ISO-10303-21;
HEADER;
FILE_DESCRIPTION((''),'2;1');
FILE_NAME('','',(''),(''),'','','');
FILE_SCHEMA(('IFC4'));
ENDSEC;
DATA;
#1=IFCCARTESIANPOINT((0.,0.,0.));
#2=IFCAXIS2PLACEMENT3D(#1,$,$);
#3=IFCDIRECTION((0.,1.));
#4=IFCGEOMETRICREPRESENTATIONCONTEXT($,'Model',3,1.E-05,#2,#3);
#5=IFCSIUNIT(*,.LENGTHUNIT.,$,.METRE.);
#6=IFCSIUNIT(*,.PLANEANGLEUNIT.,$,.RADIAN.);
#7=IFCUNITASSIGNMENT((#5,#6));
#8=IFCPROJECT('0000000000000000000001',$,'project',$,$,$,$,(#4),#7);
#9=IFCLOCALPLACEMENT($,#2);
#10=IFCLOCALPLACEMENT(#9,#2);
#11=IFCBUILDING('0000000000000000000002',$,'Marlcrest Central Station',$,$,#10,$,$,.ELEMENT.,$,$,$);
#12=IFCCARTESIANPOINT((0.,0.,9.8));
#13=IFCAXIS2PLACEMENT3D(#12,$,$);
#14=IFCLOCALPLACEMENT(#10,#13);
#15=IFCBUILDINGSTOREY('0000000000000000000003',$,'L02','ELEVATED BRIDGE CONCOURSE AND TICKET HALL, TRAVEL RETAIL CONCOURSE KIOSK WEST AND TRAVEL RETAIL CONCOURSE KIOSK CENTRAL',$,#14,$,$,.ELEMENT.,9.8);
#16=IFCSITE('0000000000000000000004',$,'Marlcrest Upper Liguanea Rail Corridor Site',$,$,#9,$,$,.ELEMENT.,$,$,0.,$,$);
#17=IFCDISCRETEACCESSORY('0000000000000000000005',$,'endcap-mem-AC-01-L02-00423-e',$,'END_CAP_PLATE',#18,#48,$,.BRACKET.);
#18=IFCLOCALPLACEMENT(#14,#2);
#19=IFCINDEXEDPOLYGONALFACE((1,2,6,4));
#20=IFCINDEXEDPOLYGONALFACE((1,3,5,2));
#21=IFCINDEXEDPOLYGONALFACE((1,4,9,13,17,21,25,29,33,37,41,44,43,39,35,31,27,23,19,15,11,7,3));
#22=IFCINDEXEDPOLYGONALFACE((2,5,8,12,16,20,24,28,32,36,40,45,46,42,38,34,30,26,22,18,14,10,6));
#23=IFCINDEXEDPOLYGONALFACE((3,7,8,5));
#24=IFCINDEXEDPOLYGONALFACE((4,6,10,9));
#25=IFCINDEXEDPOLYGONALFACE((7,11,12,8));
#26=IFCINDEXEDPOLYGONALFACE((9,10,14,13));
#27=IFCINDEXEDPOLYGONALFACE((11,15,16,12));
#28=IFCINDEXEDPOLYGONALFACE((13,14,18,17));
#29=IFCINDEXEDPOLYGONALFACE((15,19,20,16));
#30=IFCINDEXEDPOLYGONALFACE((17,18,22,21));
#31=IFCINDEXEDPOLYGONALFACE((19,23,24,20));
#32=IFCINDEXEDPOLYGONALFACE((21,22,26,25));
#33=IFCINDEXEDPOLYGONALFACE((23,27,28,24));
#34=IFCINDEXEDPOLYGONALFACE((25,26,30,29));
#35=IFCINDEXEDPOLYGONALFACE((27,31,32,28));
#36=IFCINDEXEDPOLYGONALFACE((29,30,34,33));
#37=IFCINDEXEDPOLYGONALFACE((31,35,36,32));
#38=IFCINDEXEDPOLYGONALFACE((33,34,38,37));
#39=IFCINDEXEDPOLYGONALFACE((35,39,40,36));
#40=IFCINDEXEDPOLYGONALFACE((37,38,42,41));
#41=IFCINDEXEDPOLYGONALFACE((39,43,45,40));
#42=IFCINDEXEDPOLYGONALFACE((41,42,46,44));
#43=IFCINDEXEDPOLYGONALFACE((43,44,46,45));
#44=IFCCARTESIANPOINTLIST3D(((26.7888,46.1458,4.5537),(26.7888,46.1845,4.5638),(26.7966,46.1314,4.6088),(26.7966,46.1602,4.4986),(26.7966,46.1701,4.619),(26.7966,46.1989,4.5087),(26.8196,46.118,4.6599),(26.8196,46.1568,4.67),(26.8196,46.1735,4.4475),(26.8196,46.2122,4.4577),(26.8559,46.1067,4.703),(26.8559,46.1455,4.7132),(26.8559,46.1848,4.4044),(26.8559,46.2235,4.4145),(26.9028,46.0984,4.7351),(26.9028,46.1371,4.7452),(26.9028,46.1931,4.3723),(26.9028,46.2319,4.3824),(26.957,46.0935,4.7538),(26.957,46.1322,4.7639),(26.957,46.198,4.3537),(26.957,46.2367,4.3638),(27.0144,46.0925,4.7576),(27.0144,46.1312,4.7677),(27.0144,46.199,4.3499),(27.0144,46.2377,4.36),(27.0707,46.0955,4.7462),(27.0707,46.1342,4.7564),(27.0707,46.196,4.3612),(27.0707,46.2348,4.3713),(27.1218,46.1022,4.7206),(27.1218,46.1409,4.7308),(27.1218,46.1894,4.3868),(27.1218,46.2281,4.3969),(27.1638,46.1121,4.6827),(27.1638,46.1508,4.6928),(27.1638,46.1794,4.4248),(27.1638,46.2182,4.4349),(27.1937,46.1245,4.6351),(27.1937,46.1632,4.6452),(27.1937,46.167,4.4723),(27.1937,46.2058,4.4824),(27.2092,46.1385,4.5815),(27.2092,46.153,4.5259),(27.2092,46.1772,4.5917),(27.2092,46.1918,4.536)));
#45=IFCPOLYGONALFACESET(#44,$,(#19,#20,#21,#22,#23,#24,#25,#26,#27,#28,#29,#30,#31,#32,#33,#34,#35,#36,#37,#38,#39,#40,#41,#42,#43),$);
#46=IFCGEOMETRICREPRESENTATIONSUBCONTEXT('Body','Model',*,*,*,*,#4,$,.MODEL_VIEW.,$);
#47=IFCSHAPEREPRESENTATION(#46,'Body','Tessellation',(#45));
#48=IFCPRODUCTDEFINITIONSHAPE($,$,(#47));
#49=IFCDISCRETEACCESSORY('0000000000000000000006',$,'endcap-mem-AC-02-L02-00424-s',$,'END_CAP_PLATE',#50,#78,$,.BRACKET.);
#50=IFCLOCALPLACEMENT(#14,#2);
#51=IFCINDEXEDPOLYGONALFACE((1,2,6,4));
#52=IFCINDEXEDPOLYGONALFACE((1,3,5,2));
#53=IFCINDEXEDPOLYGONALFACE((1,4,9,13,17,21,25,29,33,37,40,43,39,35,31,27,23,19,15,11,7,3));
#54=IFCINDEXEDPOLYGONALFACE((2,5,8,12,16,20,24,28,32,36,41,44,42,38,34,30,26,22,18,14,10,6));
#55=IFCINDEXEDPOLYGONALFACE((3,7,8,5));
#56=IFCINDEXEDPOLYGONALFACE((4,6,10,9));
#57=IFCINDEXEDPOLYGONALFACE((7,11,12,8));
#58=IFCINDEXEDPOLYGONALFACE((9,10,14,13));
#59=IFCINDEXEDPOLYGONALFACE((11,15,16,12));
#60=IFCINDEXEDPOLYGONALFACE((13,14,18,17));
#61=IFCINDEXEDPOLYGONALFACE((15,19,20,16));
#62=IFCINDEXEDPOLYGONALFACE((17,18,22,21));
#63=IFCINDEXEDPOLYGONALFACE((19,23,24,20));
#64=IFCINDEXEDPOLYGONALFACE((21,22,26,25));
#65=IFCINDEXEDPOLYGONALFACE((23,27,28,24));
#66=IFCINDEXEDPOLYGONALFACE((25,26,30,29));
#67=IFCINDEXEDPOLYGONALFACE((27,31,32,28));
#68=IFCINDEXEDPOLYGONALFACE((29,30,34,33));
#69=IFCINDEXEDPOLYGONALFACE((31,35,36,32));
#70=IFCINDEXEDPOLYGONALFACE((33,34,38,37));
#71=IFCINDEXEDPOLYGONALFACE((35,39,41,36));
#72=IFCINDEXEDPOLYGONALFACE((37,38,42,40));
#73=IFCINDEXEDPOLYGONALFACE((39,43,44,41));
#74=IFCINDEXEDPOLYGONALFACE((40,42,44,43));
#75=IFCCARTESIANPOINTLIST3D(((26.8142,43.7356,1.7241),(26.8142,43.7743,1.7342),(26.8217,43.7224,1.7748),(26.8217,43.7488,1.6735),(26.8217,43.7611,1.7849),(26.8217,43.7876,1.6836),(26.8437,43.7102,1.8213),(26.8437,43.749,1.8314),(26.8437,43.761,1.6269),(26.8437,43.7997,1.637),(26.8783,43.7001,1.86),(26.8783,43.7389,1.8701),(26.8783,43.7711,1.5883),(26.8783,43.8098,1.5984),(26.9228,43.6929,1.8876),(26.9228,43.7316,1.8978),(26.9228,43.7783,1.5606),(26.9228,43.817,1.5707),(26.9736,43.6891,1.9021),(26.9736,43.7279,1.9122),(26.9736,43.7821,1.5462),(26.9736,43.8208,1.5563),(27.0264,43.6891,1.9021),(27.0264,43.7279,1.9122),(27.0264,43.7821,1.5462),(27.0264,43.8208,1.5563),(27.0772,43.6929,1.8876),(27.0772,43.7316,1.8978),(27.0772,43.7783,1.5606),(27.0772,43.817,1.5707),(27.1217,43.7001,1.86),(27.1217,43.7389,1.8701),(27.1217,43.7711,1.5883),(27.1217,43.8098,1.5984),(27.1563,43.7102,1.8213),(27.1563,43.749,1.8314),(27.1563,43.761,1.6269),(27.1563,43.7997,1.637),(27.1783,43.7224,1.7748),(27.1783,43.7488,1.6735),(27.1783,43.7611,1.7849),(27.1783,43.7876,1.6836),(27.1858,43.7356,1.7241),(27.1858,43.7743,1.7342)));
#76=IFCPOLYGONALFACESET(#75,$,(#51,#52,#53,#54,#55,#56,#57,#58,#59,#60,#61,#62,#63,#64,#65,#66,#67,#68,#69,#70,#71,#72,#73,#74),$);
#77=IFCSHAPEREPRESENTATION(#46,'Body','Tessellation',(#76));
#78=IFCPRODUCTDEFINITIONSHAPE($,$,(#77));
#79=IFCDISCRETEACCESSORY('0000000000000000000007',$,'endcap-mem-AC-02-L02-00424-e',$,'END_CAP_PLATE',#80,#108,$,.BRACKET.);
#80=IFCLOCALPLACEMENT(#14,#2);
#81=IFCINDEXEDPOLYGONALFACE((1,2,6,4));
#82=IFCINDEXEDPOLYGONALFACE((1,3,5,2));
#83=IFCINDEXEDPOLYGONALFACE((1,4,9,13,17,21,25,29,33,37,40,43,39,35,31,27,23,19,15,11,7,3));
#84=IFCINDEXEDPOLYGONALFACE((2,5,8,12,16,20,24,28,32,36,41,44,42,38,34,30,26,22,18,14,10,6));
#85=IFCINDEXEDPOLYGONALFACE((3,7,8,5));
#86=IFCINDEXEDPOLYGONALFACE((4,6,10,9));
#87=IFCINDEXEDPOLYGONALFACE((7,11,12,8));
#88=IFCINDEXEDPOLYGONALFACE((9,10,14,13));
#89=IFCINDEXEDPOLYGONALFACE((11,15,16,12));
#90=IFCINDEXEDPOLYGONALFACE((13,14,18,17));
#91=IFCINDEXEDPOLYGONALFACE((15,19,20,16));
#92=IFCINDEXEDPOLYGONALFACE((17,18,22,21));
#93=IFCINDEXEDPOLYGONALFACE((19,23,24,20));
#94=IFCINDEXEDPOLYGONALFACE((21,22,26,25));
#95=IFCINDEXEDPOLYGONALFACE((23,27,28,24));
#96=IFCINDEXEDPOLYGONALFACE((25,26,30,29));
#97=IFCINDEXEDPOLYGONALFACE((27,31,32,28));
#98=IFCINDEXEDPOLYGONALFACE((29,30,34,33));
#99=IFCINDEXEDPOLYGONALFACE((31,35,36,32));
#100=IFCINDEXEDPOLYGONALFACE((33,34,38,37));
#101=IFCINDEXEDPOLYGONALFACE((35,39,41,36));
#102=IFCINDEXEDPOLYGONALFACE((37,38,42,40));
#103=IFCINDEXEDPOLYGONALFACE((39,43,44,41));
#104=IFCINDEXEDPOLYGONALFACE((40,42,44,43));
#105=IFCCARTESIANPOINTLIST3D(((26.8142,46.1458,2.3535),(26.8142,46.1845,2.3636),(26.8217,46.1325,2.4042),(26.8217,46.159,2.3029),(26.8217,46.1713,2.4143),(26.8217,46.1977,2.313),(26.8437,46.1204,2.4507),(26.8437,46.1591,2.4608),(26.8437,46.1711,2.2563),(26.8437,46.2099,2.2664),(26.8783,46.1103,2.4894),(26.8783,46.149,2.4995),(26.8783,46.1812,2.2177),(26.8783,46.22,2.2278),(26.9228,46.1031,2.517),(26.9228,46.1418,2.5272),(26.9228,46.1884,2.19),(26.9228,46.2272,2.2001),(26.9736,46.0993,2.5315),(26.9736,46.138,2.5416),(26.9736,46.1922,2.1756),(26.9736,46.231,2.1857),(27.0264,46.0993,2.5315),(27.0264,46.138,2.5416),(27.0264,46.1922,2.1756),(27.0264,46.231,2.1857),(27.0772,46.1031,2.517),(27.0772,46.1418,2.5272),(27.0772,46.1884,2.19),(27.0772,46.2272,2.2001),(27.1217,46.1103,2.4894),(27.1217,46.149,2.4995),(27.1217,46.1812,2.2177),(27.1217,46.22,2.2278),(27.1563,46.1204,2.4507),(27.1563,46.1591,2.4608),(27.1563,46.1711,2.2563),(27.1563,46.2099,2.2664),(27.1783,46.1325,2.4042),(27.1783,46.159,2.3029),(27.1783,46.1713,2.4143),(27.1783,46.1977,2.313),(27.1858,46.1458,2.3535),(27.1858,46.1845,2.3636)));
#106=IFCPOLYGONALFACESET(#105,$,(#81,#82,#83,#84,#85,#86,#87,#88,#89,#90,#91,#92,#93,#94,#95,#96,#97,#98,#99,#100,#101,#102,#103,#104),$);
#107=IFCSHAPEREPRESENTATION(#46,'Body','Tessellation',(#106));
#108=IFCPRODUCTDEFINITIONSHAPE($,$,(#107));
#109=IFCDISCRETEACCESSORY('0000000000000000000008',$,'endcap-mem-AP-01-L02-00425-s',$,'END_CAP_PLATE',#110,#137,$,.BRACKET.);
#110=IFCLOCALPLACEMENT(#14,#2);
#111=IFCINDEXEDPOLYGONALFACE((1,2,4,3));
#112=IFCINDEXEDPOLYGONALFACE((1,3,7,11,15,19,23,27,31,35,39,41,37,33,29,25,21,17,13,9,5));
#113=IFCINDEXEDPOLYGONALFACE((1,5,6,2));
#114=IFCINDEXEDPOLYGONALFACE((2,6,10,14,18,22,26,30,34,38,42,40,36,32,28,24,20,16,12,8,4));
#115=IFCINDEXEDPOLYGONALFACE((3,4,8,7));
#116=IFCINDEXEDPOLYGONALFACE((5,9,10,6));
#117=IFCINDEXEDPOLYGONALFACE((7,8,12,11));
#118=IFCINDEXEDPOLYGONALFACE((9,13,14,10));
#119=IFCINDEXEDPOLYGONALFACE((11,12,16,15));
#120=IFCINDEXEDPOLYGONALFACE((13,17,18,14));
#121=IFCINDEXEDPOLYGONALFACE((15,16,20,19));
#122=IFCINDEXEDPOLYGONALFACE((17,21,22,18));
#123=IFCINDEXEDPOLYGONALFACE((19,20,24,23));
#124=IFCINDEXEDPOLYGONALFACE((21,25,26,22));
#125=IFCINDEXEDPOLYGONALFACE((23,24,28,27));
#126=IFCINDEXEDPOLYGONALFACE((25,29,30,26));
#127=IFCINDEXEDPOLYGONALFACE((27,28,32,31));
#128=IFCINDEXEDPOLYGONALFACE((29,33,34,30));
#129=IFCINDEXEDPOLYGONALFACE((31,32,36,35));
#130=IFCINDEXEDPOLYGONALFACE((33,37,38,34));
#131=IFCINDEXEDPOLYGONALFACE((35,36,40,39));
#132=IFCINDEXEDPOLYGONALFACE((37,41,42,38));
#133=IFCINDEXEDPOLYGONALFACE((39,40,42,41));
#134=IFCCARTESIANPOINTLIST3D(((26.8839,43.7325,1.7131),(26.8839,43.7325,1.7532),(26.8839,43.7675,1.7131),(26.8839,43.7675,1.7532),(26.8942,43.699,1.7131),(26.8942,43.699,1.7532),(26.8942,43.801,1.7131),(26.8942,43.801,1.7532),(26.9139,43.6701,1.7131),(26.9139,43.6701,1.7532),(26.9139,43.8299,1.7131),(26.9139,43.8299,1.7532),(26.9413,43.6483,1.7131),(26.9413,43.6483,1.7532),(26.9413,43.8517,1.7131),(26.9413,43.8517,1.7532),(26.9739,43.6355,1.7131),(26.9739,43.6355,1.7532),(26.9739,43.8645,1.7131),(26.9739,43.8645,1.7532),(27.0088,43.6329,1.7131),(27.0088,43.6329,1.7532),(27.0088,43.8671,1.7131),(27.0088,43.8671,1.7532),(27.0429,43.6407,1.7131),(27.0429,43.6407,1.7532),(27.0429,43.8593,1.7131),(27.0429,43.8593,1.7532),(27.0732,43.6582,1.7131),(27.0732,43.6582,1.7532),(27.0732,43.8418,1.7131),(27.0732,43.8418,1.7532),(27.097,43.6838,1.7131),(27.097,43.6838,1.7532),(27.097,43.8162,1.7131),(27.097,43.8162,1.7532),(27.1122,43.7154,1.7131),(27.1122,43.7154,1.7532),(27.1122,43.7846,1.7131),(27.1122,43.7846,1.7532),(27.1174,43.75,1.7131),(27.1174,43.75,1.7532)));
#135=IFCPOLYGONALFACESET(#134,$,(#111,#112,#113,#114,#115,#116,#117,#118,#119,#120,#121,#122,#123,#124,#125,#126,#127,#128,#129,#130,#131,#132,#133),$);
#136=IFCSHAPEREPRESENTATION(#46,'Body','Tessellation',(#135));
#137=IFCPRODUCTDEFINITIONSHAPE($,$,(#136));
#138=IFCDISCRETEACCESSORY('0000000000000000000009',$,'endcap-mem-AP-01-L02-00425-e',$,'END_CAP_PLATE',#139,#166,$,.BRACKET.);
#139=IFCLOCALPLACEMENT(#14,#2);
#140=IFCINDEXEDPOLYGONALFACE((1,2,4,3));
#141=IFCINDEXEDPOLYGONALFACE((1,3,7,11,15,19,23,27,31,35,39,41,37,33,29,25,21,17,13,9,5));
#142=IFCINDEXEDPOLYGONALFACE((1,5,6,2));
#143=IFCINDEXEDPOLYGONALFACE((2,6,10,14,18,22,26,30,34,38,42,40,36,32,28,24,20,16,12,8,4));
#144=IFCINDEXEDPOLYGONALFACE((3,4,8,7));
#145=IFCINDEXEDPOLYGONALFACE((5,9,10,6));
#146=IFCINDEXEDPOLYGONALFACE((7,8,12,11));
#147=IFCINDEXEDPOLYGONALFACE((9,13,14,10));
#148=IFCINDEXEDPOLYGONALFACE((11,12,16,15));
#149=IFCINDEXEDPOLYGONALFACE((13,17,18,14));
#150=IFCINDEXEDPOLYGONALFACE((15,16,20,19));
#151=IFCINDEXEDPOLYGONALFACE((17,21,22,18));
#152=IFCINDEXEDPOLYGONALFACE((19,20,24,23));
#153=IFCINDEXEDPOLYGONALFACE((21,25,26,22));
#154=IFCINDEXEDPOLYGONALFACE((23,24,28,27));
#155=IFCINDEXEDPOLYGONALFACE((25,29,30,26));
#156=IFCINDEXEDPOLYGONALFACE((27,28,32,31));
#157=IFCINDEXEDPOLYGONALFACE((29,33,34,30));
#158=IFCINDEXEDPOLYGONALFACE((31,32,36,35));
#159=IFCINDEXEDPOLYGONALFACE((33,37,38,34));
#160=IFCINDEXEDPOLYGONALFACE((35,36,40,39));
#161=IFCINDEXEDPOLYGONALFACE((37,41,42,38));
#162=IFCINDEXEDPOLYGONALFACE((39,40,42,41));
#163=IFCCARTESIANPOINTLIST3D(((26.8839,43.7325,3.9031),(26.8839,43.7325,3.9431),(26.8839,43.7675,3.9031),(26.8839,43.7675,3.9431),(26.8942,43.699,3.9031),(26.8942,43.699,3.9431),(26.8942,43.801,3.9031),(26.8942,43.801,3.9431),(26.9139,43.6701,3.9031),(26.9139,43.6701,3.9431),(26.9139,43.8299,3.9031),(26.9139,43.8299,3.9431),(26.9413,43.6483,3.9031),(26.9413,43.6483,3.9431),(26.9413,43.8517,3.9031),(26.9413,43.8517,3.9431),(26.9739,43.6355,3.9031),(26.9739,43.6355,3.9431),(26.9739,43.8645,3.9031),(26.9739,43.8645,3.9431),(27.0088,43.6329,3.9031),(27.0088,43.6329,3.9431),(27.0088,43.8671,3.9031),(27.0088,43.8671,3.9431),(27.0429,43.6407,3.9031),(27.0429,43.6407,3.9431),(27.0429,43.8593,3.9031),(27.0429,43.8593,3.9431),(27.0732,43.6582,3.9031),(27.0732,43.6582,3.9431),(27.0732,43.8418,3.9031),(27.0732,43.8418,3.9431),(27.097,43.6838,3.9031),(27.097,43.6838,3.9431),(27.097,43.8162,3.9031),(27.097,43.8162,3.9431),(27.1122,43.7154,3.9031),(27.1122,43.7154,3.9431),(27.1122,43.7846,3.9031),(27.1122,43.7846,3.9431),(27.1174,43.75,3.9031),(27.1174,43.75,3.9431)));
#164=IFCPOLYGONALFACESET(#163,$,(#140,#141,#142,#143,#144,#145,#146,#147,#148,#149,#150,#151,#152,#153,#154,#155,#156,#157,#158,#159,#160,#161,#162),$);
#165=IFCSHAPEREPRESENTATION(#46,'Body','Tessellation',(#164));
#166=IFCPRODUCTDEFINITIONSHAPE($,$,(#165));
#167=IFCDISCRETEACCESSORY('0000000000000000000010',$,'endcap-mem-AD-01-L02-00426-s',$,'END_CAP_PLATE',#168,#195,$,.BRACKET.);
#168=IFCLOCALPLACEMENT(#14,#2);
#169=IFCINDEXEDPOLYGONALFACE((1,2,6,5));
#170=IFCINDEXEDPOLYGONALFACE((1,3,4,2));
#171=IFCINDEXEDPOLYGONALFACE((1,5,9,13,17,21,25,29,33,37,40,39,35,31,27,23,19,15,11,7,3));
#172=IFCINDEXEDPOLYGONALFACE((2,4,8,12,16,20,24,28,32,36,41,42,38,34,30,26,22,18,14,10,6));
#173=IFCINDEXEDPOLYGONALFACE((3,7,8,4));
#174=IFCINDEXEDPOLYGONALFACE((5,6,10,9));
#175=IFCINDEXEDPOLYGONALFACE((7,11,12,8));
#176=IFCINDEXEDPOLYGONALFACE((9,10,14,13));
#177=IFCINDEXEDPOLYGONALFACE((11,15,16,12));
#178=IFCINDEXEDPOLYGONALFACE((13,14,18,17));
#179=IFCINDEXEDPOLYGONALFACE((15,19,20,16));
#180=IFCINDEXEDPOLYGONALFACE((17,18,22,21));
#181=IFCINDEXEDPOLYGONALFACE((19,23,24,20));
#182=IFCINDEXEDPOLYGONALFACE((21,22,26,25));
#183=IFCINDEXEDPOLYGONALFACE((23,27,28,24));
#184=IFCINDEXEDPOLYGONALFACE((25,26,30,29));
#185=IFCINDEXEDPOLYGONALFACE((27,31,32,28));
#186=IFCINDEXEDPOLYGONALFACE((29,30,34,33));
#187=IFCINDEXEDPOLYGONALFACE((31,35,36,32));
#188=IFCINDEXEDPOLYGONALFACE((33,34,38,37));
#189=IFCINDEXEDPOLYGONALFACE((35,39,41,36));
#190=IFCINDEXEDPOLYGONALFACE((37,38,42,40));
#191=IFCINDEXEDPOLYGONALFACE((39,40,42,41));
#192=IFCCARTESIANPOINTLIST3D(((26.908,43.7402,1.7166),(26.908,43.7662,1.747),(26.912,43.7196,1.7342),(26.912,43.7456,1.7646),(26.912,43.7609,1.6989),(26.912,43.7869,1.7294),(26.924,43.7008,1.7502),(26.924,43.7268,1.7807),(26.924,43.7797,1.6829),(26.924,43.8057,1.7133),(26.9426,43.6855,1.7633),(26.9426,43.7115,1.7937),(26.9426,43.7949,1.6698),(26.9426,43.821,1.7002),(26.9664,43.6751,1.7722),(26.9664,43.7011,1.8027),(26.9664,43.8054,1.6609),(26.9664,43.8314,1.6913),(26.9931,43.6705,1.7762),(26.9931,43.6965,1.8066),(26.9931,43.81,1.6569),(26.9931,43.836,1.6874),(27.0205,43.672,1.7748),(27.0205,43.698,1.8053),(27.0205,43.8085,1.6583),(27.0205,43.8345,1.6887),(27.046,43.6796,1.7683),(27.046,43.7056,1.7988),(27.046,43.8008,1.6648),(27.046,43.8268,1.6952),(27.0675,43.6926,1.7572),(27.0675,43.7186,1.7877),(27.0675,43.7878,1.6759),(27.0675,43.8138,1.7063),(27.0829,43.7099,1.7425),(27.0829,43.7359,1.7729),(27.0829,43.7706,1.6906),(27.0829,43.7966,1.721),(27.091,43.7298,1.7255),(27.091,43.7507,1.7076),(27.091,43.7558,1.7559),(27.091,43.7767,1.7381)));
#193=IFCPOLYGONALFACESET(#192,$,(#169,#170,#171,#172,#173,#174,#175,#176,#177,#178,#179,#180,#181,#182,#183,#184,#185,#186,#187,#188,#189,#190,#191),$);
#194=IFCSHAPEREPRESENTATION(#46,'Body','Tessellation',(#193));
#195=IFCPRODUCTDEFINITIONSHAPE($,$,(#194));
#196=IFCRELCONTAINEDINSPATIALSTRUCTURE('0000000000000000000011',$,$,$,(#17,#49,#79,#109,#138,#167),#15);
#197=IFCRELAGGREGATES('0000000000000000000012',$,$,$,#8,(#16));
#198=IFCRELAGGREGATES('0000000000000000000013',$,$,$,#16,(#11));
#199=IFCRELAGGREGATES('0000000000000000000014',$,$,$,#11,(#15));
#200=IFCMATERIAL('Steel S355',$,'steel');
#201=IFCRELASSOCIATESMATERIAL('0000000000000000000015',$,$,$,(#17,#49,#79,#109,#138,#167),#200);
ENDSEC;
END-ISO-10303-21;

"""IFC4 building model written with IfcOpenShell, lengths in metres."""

from ifc_helpers import new_model, si_unit, direction, frame, origin, origin_2d, place, context, subcontext, project, spatial, circle, extrude, material, element, save


model = new_model("IFC4")

# Units and contexts
model_context = context("Model", 3, precision=1e-05, world=origin(), true_north=direction((0.0, 1.0)))
body_context = subcontext(model_context, "Body", "Model", "MODEL_VIEW")
ifc_project = project(units=[si_unit("LENGTHUNIT", "METRE"), si_unit("PLANEANGLEUNIT", "RADIAN")], contexts=[model_context])

# Site, building, storey
site_placement = place(None, origin())
site = spatial("IfcSite", under=ifc_project, at=site_placement, Name="Marlcrest Upper Liguanea Rail Corridor Site", CompositionType="ELEMENT", RefElevation=0.0)
building_placement = place(site_placement, origin())
building = spatial("IfcBuilding", under=site, at=building_placement, Name="Marlcrest Central Station", CompositionType="ELEMENT")
storey_placement = place(building_placement, frame((0.0, 0.0, 9.8)))
storey = spatial("IfcBuildingStorey", under=building, at=storey_placement, Name="L02", Description="ELEVATED BRIDGE CONCOURSE AND TICKET HALL, TRAVEL RETAIL CONCOURSE KIOSK WEST AND TRAVEL RETAIL CONCOURSE KIOSK CENTRAL", CompositionType="ELEMENT", Elevation=9.8)

# Shared definitions
ifc_material_1 = material(Name="Steel S355", Category="steel")

# Discrete accessories
for number, where, z_axis, x_axis, name in (
    (1, (27.0, 46.1458, 4.5537), (0.0, 0.967539, 0.25272), (-1.0, 0.0, 0.0), "endcap-mem-AC-01-L02-00423-e"),
):
    element("IfcDiscreteAccessory", number, at=place(storey_placement, frame(where, z_axis=z_axis, x_axis=x_axis)), inside=storey, material=ifc_material_1, Name=name, ObjectType="END_CAP_PLATE", PredefinedType="BRACKET", context=body_context, shape_type="SweptSolid", body=[
        extrude(circle(Radius=0.2112, at=origin_2d()), origin(), (0.0, 0.0, 1.0), 0.04),
    ])
for number, where, z_axis, x_axis, name in (
    (2, (27.0, 43.7356, 1.7241), (0.0, 0.967563, 0.252629), (-1.0, 0.0, 0.0), "endcap-mem-AC-02-L02-00424-s"),
    (3, (27.0, 46.1458, 2.3535), (0.0, 0.967563, 0.252629), (-1.0, 0.0, 0.0), "endcap-mem-AC-02-L02-00424-e"),
):
    element("IfcDiscreteAccessory", number, at=place(storey_placement, frame(where, z_axis=z_axis, x_axis=x_axis)), inside=storey, material=ifc_material_1, Name=name, ObjectType="END_CAP_PLATE", PredefinedType="BRACKET", context=body_context, shape_type="SweptSolid", body=[
        extrude(circle(Radius=0.1858, at=origin_2d()), origin(), (0.0, 0.0, 1.0), 0.04),
    ])
for number, where, z_axis, x_axis, name in (
    (4, (27.0, 43.75, 1.7131), (0.0, 0.0, 1.0), (1.0, 0.0, 0.0), "endcap-mem-AP-01-L02-00425-s"),
    (5, (27.0, 43.75, 3.9031), (0.0, 0.0, 1.0), (1.0, 0.0, 0.0), "endcap-mem-AP-01-L02-00425-e"),
):
    element("IfcDiscreteAccessory", number, at=place(storey_placement, frame(where, z_axis=z_axis, x_axis=x_axis)), inside=storey, material=ifc_material_1, Name=name, ObjectType="END_CAP_PLATE", PredefinedType="BRACKET", context=body_context, shape_type="SweptSolid", body=[
        extrude(circle(Radius=0.1174, at=origin_2d()), origin(), (0.0, 0.0, 1.0), 0.04),
    ])
for number, where, z_axis, x_axis, name in (
    (6, (27.0, 43.7402, 1.7166), (0.0, 0.649625, 0.760255), (-1.0, 0.0, 0.0), "endcap-mem-AD-01-L02-00426-s"),
):
    element("IfcDiscreteAccessory", number, at=place(storey_placement, frame(where, z_axis=z_axis, x_axis=x_axis)), inside=storey, material=ifc_material_1, Name=name, ObjectType="END_CAP_PLATE", PredefinedType="BRACKET", context=body_context, shape_type="SweptSolid", body=[
        extrude(circle(Radius=0.092, at=origin_2d()), origin(), (0.0, 0.0, 1.0), 0.04),
    ])

save(model, "model.ifc")
